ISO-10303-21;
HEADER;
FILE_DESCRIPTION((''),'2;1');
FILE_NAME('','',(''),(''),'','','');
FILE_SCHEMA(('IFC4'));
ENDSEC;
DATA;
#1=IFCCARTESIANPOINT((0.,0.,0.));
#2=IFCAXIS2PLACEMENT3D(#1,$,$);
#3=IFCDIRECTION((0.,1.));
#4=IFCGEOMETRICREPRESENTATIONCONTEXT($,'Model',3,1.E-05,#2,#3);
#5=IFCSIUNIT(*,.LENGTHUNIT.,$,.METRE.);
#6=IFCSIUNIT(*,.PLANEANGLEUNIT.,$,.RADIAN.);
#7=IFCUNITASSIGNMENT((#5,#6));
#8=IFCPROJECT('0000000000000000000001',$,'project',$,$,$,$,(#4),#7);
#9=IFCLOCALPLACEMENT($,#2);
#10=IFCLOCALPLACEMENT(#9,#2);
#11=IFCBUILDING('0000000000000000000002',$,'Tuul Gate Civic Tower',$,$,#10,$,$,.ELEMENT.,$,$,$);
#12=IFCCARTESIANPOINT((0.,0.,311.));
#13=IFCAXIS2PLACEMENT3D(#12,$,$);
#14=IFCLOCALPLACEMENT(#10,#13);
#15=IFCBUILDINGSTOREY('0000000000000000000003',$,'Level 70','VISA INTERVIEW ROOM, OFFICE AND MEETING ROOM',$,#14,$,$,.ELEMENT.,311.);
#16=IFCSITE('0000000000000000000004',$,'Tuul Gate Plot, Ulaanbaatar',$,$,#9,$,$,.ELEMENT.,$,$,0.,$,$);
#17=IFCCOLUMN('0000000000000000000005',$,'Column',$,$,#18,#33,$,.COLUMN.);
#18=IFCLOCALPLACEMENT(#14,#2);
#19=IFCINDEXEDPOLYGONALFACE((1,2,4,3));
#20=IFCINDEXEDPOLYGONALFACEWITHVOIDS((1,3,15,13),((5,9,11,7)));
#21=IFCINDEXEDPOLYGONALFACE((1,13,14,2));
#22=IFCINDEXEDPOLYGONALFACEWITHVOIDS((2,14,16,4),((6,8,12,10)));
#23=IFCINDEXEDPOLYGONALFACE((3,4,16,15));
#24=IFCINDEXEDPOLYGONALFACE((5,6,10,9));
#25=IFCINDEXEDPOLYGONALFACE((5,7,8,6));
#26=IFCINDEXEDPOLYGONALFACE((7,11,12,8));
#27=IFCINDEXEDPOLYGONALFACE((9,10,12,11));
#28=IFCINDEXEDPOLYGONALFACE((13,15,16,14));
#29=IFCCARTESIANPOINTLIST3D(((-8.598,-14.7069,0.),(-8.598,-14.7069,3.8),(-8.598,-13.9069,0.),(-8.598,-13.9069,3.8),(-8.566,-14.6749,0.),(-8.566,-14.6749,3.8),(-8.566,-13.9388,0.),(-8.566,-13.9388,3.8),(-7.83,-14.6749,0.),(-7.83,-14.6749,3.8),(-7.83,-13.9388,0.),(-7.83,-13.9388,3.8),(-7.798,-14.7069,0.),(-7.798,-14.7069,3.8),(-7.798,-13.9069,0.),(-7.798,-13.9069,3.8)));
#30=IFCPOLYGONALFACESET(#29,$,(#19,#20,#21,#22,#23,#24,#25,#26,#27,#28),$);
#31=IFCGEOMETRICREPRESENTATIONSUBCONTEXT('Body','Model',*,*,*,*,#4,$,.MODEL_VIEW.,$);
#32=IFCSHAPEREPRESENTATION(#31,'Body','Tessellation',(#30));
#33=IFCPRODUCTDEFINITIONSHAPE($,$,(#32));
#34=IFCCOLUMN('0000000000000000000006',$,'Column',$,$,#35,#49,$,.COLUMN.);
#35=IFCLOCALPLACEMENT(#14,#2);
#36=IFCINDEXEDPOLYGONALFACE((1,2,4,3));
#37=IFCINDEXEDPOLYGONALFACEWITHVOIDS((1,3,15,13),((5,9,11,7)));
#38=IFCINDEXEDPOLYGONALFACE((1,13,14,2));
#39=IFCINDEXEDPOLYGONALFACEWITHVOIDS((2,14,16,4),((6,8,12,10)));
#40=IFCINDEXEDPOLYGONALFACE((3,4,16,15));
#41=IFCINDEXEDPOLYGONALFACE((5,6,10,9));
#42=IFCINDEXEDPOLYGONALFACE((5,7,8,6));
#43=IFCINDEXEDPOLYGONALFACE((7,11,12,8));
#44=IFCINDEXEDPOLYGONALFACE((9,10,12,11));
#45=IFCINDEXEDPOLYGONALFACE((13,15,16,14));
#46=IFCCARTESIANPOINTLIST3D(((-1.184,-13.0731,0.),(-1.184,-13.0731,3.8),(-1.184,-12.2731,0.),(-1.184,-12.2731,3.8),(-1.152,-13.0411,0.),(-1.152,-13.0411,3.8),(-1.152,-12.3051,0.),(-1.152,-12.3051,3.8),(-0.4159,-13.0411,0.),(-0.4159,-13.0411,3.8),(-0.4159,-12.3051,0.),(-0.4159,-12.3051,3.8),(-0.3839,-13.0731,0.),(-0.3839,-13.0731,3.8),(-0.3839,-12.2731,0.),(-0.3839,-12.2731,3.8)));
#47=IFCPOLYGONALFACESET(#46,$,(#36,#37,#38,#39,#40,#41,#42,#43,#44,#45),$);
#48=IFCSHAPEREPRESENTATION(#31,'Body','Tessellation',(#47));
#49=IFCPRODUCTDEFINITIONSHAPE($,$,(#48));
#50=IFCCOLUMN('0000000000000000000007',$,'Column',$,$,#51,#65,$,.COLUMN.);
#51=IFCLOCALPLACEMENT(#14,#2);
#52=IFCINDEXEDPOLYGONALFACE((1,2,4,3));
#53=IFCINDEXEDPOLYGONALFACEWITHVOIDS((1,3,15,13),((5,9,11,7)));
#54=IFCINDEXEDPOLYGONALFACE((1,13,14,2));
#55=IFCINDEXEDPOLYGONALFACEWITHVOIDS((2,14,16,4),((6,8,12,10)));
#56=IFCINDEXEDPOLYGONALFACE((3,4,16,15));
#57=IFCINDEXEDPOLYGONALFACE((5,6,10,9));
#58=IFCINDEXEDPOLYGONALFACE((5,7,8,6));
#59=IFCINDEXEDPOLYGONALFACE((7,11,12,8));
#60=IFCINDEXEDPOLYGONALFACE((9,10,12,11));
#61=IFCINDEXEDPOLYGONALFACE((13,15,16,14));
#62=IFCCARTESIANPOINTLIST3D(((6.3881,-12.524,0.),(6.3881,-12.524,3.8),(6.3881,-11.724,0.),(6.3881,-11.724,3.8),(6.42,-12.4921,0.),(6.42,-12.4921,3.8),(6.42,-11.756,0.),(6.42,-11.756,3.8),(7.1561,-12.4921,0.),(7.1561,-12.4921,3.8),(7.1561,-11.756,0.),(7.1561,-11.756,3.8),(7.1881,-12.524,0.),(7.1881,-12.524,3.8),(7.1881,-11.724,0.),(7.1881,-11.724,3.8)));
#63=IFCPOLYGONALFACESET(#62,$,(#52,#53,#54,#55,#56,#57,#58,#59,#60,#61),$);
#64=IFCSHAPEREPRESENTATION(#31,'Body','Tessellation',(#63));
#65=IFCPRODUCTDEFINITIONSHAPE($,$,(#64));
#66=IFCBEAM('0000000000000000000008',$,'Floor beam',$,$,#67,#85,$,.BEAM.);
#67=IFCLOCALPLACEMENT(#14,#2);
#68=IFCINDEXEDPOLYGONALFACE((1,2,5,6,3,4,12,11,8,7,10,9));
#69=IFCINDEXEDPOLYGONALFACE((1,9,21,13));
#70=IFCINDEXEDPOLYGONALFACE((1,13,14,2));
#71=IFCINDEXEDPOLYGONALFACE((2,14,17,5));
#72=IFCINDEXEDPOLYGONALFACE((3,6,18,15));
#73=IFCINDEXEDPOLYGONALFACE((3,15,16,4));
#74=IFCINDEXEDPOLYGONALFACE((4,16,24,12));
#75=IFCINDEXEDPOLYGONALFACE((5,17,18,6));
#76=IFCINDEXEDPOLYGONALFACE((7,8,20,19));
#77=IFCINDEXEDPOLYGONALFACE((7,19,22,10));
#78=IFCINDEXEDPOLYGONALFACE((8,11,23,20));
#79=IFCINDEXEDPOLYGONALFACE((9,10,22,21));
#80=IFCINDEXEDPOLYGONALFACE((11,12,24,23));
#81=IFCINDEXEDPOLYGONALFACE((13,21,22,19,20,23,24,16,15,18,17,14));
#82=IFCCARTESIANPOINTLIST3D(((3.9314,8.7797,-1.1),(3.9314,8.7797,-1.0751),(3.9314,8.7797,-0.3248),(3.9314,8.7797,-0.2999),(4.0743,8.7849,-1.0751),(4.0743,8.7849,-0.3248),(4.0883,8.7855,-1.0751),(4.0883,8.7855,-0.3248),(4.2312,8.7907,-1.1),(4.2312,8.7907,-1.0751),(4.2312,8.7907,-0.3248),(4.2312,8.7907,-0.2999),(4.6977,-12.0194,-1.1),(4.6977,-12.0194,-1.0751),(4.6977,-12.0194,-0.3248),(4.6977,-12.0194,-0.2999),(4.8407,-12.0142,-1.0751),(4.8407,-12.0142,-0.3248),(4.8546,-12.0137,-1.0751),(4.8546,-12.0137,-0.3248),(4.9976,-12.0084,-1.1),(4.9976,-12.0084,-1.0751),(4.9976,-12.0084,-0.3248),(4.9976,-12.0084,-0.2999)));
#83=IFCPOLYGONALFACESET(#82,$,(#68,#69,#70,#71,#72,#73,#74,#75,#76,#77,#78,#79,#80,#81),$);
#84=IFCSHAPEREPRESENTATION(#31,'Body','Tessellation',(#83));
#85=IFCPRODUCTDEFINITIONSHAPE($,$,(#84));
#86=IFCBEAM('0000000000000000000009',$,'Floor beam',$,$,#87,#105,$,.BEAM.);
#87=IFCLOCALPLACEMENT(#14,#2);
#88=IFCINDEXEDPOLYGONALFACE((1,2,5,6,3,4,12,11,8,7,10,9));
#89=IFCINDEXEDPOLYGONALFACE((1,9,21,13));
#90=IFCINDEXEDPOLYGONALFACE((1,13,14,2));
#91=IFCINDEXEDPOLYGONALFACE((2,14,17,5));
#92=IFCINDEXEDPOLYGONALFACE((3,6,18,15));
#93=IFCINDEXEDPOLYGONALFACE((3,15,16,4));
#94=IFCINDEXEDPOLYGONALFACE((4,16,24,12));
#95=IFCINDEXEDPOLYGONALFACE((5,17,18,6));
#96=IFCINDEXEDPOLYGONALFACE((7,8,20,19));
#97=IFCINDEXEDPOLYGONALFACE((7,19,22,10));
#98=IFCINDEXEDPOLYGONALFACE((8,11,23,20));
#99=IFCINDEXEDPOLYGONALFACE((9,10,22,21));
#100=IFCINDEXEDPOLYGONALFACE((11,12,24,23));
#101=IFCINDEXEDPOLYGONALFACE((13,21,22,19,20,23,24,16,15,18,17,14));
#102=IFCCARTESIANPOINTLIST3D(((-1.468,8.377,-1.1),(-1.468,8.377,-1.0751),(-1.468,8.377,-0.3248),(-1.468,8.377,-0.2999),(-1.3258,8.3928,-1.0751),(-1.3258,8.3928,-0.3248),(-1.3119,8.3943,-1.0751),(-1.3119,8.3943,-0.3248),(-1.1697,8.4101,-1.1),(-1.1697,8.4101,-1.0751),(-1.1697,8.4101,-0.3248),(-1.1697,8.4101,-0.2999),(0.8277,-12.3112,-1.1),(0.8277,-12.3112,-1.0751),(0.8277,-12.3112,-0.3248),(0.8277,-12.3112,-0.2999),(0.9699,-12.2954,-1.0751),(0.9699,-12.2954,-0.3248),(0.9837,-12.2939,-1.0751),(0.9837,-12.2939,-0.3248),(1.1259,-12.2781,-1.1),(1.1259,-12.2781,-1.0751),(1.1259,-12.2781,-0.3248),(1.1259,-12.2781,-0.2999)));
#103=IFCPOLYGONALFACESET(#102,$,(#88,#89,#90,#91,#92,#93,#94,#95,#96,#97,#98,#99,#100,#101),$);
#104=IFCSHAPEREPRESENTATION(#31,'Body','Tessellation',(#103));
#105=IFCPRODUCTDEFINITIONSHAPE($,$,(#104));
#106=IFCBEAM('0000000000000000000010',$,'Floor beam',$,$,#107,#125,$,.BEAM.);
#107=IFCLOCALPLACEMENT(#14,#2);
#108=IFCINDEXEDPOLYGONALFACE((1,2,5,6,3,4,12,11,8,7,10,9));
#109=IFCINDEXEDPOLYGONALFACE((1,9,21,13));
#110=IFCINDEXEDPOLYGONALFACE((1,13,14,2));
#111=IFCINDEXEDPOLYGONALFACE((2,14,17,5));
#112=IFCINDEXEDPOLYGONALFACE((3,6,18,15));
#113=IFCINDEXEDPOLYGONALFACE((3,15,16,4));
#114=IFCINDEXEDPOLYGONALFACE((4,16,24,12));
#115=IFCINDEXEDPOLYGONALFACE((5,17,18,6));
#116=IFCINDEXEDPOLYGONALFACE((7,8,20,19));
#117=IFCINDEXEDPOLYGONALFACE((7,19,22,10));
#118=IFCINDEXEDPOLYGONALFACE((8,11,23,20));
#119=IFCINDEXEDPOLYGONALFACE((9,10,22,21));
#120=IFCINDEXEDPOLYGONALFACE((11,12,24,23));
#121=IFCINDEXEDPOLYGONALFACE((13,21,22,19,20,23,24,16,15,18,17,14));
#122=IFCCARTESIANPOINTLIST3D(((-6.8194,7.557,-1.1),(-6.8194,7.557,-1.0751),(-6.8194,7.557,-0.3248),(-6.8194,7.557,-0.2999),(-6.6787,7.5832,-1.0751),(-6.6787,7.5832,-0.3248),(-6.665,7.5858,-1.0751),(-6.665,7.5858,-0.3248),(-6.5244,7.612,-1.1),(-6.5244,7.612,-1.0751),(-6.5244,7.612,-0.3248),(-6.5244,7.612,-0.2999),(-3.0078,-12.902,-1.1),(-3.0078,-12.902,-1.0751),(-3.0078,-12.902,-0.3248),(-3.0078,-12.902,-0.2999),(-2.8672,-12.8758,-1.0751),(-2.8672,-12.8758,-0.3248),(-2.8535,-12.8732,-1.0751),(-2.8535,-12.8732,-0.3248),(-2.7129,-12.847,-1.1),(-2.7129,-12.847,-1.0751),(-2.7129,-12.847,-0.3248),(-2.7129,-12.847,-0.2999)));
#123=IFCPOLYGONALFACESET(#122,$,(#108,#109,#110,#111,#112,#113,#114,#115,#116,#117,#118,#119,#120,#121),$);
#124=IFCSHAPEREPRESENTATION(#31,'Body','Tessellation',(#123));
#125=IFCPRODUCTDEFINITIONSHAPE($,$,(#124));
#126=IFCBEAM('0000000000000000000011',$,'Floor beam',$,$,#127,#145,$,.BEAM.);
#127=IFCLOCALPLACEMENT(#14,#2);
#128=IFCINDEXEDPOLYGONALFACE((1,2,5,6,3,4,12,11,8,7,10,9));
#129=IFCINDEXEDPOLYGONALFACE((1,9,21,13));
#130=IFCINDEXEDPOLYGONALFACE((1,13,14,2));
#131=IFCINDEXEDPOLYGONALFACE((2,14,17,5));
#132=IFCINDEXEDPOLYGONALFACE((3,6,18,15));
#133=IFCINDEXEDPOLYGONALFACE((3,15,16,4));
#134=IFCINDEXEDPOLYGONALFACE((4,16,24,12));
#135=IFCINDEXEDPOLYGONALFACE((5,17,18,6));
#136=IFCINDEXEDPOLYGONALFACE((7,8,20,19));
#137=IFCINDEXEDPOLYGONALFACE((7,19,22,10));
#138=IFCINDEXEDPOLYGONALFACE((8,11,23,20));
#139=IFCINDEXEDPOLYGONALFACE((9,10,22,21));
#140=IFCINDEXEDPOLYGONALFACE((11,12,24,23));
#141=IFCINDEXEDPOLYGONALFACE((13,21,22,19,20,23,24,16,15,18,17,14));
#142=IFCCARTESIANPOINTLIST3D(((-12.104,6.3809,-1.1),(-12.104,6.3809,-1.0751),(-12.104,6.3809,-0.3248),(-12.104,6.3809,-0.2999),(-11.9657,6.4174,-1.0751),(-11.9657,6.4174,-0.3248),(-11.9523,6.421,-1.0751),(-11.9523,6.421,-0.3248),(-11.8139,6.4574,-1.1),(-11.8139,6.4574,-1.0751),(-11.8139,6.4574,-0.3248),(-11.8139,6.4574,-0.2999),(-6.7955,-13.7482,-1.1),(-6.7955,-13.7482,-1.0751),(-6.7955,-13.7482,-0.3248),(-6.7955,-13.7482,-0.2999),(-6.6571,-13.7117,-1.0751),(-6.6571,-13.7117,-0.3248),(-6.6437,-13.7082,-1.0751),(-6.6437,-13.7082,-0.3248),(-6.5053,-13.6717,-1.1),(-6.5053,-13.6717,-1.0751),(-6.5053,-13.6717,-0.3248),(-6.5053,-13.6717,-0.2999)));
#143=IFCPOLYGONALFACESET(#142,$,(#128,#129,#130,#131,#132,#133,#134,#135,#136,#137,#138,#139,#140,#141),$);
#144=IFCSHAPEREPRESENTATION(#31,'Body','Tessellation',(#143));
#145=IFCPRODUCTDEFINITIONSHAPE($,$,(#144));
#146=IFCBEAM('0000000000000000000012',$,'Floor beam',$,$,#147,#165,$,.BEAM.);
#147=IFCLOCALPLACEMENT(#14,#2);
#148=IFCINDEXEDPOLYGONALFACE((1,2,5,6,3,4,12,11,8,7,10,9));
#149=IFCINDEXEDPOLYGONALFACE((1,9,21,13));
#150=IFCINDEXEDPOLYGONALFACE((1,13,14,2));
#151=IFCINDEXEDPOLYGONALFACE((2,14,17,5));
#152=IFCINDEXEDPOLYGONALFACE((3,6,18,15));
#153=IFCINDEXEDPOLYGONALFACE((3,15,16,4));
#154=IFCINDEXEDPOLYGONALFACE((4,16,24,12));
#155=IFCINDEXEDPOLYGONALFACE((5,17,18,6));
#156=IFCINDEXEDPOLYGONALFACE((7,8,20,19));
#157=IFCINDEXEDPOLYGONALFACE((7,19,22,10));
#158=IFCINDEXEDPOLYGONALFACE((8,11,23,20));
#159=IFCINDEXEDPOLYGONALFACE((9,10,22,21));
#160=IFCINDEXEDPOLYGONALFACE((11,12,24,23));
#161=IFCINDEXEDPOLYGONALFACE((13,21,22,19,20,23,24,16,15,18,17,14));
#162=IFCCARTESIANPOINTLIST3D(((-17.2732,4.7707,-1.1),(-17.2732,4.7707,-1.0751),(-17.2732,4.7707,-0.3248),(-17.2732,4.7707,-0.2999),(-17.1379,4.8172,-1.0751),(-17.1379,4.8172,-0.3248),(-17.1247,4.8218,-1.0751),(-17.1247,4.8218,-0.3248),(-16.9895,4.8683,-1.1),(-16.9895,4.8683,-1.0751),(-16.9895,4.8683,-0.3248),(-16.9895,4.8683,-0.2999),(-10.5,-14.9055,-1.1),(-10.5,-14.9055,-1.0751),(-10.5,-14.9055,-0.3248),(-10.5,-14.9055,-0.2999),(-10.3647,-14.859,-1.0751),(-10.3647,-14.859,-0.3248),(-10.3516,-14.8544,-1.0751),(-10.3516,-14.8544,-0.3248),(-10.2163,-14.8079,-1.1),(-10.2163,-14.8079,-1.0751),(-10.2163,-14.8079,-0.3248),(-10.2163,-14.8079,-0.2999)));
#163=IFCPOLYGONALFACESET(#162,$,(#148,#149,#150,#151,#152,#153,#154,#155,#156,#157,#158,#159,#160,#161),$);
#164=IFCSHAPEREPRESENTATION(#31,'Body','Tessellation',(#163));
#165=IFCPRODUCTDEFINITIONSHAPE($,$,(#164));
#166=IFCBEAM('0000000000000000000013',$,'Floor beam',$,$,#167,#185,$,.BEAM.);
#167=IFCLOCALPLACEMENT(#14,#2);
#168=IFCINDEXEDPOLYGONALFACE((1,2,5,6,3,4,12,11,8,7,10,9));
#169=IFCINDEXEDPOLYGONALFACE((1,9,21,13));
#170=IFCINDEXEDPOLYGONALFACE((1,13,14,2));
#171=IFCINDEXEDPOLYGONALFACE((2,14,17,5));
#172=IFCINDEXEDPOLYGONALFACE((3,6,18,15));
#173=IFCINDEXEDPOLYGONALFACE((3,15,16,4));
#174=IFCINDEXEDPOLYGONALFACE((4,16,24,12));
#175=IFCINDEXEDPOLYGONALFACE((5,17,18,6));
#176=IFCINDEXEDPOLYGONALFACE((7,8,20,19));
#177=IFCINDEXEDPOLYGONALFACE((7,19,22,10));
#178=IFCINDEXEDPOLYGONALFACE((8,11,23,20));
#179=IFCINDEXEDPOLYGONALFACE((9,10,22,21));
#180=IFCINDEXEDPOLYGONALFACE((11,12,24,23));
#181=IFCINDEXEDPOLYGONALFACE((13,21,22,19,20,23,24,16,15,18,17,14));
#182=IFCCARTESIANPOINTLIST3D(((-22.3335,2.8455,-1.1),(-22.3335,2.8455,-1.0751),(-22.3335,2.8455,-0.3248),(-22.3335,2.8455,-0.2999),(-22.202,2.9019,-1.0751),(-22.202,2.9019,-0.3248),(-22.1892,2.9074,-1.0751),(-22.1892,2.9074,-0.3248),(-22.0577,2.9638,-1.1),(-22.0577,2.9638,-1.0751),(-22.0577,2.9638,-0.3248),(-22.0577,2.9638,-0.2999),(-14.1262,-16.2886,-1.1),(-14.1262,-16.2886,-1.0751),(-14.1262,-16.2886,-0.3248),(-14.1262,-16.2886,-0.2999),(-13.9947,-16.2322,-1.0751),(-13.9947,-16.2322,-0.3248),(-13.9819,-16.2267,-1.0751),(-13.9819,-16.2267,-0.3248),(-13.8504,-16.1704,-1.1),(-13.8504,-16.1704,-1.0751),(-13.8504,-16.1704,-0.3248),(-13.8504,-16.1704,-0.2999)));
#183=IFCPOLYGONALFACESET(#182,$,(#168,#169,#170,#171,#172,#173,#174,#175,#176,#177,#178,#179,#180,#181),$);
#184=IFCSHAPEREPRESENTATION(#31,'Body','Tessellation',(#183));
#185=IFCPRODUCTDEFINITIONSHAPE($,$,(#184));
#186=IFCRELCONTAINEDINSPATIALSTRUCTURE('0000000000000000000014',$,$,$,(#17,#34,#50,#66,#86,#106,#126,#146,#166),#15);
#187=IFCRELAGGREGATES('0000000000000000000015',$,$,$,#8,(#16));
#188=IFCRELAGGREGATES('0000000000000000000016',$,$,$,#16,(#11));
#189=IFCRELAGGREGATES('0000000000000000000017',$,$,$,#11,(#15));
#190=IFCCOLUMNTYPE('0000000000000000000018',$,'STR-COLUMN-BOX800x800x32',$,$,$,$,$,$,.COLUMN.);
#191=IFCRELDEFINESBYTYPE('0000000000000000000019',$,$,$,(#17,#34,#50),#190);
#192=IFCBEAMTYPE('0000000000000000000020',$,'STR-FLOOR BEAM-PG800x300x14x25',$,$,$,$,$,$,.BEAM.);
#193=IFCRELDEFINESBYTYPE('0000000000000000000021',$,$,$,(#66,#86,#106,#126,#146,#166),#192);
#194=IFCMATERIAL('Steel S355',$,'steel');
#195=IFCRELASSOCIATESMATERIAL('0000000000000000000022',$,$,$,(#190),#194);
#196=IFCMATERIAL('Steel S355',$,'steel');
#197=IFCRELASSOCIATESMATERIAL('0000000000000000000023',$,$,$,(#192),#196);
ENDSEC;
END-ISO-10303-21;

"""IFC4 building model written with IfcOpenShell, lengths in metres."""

from ifc_helpers import new_model, si_unit, direction, frame, origin, origin_2d, place, context, subcontext, project, spatial, hollow_rectangle, i_section, extrude, material, material_profile, profile_set, type_object, element, save


model = new_model("IFC4")

# Units and contexts
model_context = context("Model", 3, precision=1e-05, world=origin(), true_north=direction((0.0, 1.0)))
body_context = subcontext(model_context, "Body", "Model", "MODEL_VIEW")
ifc_project = project(units=[si_unit("LENGTHUNIT", "METRE"), si_unit("PLANEANGLEUNIT", "RADIAN")], contexts=[model_context])

# Site, building, storey
site_placement = place(None, origin())
site = spatial("IfcSite", under=ifc_project, at=site_placement, Name="Tuul Gate Plot, Ulaanbaatar", CompositionType="ELEMENT", RefElevation=0.0)
building_placement = place(site_placement, origin())
building = spatial("IfcBuilding", under=site, at=building_placement, Name="Tuul Gate Civic Tower", CompositionType="ELEMENT")
storey_placement = place(building_placement, frame((0.0, 0.0, 311.0)))
storey = spatial("IfcBuildingStorey", under=building, at=storey_placement, Name="Level 70", Description="VISA INTERVIEW ROOM, OFFICE AND MEETING ROOM", CompositionType="ELEMENT", Elevation=311.0)

# Columns
ifc_material_1 = material(Name="Steel S355", Category="steel")
ifc_material_profile_1 = material_profile(ifc_material_1, hollow_rectangle(XDim=0.8, YDim=0.8, WallThickness=0.032, at=origin_2d()), Name="BOX800x800x32")
ifc_profile_set_1 = profile_set([ifc_material_profile_1], Name="Steel S355")
column_type = type_object("IfcColumnType", Name="STR-COLUMN-BOX800x800x32", PredefinedType="COLUMN", material=ifc_profile_set_1)
for number, where, z_axis, x_axis, name in (
    (1, (-8.198, -14.3069, 0.0), (0.0, 0.0, 1.0), (1.0, 0.0, 0.0), "Column"),
    (2, (-0.7839, -12.6731, 0.0), (0.0, 0.0, 1.0), (1.0, 0.0, 0.0), "Column"),
    (3, (6.7881, -12.124, 0.0), (0.0, 0.0, 1.0), (1.0, 0.0, 0.0), "Column"),
):
    element("IfcColumn", number, at=place(storey_placement, frame(where, z_axis=z_axis, x_axis=x_axis)), inside=storey, type_object=column_type, Name=name, PredefinedType="COLUMN", context=body_context, shape_type="SweptSolid", body=[
        extrude(hollow_rectangle(XDim=0.8, YDim=0.8, WallThickness=0.032, at=origin_2d()), origin(), (0.0, 0.0, 1.0), 3.8),
    ])

# Beams
ifc_material_2 = material(Name="Steel S355", Category="steel")
ifc_material_profile_2 = material_profile(ifc_material_2, i_section(OverallWidth=0.3, OverallDepth=0.8, WebThickness=0.0139, FlangeThickness=0.0249, at=origin_2d()), Name="PG800x300x14x25")
ifc_profile_set_2 = profile_set([ifc_material_profile_2], Name="Steel S355")
beam_type_1 = type_object("IfcBeamType", Name="STR-FLOOR BEAM-PG800x300x14x25", PredefinedType="BEAM", material=ifc_profile_set_2)
beam_1_placement = place(storey_placement, frame((4.8477, -12.0139, -0.7), z_axis=(-0.036821, 0.999322, 0.0), x_axis=(-0.999322, -0.036821, 0.0)))
element("IfcBeam", 4, at=beam_1_placement, inside=storey, type_object=beam_type_1, Name="Floor beam", PredefinedType="BEAM", context=body_context, shape_type="SweptSolid", body=[
    extrude(i_section(OverallWidth=0.3, OverallDepth=0.8, WebThickness=0.0139, FlangeThickness=0.0249, at=origin_2d()), origin(), (0.0, 0.0, 1.0), 20.8132),
])
beam_2_placement = place(storey_placement, frame((0.9768, -12.2947, -0.7), z_axis=(-0.110287, 0.9939, 0.0), x_axis=(-0.9939, -0.110287, 0.0)))
element("IfcBeam", 5, at=beam_2_placement, inside=storey, type_object=beam_type_1, Name="Floor beam", PredefinedType="BEAM", context=body_context, shape_type="SweptSolid", body=[
    extrude(i_section(OverallWidth=0.3, OverallDepth=0.8, WebThickness=0.0139, FlangeThickness=0.0249, at=origin_2d()), origin(), (0.0, 0.0, 1.0), 20.8152),
])
beam_3_placement = place(storey_placement, frame((-2.8604, -12.8745, -0.7), z_axis=(-0.183149, 0.983085, 0.0), x_axis=(-0.983085, -0.183149, 0.0)))
element("IfcBeam", 6, at=beam_3_placement, inside=storey, type_object=beam_type_1, Name="Floor beam", PredefinedType="BEAM", context=body_context, shape_type="SweptSolid", body=[
    extrude(i_section(OverallWidth=0.3, OverallDepth=0.8, WebThickness=0.0139, FlangeThickness=0.0249, at=origin_2d()), origin(), (0.0, 0.0, 1.0), 20.811),
])
beam_4_placement = place(storey_placement, frame((-6.6504, -13.71, -0.7), z_axis=(-0.255008, 0.966939, 0.0), x_axis=(-0.966939, -0.255008, 0.0)))
element("IfcBeam", 7, at=beam_4_placement, inside=storey, type_object=beam_type_1, Name="Floor beam", PredefinedType="BEAM", context=body_context, shape_type="SweptSolid", body=[
    extrude(i_section(OverallWidth=0.3, OverallDepth=0.8, WebThickness=0.0139, FlangeThickness=0.0249, at=origin_2d()), origin(), (0.0, 0.0, 1.0), 20.8174),
])
beam_5_placement = place(storey_placement, frame((-10.3582, -14.8567, -0.7), z_axis=(-0.325487, 0.945547, 0.0), x_axis=(-0.945547, -0.325487, 0.0)))
element("IfcBeam", 8, at=beam_5_placement, inside=storey, type_object=beam_type_1, Name="Floor beam", PredefinedType="BEAM", context=body_context, shape_type="SweptSolid", body=[
    extrude(i_section(OverallWidth=0.3, OverallDepth=0.8, WebThickness=0.0139, FlangeThickness=0.0249, at=origin_2d()), origin(), (0.0, 0.0, 1.0), 20.8093),
])
beam_6_placement = place(storey_placement, frame((-13.9883, -16.2295, -0.7), z_axis=(-0.394202, 0.919024, 0.0), x_axis=(-0.919024, -0.394202, 0.0)))
element("IfcBeam", 9, at=beam_6_placement, inside=storey, type_object=beam_type_1, Name="Floor beam", PredefinedType="BEAM", context=body_context, shape_type="SweptSolid", body=[
    extrude(i_section(OverallWidth=0.3, OverallDepth=0.8, WebThickness=0.0139, FlangeThickness=0.0249, at=origin_2d()), origin(), (0.0, 0.0, 1.0), 20.8201),
])

save(model, "model.ifc")
